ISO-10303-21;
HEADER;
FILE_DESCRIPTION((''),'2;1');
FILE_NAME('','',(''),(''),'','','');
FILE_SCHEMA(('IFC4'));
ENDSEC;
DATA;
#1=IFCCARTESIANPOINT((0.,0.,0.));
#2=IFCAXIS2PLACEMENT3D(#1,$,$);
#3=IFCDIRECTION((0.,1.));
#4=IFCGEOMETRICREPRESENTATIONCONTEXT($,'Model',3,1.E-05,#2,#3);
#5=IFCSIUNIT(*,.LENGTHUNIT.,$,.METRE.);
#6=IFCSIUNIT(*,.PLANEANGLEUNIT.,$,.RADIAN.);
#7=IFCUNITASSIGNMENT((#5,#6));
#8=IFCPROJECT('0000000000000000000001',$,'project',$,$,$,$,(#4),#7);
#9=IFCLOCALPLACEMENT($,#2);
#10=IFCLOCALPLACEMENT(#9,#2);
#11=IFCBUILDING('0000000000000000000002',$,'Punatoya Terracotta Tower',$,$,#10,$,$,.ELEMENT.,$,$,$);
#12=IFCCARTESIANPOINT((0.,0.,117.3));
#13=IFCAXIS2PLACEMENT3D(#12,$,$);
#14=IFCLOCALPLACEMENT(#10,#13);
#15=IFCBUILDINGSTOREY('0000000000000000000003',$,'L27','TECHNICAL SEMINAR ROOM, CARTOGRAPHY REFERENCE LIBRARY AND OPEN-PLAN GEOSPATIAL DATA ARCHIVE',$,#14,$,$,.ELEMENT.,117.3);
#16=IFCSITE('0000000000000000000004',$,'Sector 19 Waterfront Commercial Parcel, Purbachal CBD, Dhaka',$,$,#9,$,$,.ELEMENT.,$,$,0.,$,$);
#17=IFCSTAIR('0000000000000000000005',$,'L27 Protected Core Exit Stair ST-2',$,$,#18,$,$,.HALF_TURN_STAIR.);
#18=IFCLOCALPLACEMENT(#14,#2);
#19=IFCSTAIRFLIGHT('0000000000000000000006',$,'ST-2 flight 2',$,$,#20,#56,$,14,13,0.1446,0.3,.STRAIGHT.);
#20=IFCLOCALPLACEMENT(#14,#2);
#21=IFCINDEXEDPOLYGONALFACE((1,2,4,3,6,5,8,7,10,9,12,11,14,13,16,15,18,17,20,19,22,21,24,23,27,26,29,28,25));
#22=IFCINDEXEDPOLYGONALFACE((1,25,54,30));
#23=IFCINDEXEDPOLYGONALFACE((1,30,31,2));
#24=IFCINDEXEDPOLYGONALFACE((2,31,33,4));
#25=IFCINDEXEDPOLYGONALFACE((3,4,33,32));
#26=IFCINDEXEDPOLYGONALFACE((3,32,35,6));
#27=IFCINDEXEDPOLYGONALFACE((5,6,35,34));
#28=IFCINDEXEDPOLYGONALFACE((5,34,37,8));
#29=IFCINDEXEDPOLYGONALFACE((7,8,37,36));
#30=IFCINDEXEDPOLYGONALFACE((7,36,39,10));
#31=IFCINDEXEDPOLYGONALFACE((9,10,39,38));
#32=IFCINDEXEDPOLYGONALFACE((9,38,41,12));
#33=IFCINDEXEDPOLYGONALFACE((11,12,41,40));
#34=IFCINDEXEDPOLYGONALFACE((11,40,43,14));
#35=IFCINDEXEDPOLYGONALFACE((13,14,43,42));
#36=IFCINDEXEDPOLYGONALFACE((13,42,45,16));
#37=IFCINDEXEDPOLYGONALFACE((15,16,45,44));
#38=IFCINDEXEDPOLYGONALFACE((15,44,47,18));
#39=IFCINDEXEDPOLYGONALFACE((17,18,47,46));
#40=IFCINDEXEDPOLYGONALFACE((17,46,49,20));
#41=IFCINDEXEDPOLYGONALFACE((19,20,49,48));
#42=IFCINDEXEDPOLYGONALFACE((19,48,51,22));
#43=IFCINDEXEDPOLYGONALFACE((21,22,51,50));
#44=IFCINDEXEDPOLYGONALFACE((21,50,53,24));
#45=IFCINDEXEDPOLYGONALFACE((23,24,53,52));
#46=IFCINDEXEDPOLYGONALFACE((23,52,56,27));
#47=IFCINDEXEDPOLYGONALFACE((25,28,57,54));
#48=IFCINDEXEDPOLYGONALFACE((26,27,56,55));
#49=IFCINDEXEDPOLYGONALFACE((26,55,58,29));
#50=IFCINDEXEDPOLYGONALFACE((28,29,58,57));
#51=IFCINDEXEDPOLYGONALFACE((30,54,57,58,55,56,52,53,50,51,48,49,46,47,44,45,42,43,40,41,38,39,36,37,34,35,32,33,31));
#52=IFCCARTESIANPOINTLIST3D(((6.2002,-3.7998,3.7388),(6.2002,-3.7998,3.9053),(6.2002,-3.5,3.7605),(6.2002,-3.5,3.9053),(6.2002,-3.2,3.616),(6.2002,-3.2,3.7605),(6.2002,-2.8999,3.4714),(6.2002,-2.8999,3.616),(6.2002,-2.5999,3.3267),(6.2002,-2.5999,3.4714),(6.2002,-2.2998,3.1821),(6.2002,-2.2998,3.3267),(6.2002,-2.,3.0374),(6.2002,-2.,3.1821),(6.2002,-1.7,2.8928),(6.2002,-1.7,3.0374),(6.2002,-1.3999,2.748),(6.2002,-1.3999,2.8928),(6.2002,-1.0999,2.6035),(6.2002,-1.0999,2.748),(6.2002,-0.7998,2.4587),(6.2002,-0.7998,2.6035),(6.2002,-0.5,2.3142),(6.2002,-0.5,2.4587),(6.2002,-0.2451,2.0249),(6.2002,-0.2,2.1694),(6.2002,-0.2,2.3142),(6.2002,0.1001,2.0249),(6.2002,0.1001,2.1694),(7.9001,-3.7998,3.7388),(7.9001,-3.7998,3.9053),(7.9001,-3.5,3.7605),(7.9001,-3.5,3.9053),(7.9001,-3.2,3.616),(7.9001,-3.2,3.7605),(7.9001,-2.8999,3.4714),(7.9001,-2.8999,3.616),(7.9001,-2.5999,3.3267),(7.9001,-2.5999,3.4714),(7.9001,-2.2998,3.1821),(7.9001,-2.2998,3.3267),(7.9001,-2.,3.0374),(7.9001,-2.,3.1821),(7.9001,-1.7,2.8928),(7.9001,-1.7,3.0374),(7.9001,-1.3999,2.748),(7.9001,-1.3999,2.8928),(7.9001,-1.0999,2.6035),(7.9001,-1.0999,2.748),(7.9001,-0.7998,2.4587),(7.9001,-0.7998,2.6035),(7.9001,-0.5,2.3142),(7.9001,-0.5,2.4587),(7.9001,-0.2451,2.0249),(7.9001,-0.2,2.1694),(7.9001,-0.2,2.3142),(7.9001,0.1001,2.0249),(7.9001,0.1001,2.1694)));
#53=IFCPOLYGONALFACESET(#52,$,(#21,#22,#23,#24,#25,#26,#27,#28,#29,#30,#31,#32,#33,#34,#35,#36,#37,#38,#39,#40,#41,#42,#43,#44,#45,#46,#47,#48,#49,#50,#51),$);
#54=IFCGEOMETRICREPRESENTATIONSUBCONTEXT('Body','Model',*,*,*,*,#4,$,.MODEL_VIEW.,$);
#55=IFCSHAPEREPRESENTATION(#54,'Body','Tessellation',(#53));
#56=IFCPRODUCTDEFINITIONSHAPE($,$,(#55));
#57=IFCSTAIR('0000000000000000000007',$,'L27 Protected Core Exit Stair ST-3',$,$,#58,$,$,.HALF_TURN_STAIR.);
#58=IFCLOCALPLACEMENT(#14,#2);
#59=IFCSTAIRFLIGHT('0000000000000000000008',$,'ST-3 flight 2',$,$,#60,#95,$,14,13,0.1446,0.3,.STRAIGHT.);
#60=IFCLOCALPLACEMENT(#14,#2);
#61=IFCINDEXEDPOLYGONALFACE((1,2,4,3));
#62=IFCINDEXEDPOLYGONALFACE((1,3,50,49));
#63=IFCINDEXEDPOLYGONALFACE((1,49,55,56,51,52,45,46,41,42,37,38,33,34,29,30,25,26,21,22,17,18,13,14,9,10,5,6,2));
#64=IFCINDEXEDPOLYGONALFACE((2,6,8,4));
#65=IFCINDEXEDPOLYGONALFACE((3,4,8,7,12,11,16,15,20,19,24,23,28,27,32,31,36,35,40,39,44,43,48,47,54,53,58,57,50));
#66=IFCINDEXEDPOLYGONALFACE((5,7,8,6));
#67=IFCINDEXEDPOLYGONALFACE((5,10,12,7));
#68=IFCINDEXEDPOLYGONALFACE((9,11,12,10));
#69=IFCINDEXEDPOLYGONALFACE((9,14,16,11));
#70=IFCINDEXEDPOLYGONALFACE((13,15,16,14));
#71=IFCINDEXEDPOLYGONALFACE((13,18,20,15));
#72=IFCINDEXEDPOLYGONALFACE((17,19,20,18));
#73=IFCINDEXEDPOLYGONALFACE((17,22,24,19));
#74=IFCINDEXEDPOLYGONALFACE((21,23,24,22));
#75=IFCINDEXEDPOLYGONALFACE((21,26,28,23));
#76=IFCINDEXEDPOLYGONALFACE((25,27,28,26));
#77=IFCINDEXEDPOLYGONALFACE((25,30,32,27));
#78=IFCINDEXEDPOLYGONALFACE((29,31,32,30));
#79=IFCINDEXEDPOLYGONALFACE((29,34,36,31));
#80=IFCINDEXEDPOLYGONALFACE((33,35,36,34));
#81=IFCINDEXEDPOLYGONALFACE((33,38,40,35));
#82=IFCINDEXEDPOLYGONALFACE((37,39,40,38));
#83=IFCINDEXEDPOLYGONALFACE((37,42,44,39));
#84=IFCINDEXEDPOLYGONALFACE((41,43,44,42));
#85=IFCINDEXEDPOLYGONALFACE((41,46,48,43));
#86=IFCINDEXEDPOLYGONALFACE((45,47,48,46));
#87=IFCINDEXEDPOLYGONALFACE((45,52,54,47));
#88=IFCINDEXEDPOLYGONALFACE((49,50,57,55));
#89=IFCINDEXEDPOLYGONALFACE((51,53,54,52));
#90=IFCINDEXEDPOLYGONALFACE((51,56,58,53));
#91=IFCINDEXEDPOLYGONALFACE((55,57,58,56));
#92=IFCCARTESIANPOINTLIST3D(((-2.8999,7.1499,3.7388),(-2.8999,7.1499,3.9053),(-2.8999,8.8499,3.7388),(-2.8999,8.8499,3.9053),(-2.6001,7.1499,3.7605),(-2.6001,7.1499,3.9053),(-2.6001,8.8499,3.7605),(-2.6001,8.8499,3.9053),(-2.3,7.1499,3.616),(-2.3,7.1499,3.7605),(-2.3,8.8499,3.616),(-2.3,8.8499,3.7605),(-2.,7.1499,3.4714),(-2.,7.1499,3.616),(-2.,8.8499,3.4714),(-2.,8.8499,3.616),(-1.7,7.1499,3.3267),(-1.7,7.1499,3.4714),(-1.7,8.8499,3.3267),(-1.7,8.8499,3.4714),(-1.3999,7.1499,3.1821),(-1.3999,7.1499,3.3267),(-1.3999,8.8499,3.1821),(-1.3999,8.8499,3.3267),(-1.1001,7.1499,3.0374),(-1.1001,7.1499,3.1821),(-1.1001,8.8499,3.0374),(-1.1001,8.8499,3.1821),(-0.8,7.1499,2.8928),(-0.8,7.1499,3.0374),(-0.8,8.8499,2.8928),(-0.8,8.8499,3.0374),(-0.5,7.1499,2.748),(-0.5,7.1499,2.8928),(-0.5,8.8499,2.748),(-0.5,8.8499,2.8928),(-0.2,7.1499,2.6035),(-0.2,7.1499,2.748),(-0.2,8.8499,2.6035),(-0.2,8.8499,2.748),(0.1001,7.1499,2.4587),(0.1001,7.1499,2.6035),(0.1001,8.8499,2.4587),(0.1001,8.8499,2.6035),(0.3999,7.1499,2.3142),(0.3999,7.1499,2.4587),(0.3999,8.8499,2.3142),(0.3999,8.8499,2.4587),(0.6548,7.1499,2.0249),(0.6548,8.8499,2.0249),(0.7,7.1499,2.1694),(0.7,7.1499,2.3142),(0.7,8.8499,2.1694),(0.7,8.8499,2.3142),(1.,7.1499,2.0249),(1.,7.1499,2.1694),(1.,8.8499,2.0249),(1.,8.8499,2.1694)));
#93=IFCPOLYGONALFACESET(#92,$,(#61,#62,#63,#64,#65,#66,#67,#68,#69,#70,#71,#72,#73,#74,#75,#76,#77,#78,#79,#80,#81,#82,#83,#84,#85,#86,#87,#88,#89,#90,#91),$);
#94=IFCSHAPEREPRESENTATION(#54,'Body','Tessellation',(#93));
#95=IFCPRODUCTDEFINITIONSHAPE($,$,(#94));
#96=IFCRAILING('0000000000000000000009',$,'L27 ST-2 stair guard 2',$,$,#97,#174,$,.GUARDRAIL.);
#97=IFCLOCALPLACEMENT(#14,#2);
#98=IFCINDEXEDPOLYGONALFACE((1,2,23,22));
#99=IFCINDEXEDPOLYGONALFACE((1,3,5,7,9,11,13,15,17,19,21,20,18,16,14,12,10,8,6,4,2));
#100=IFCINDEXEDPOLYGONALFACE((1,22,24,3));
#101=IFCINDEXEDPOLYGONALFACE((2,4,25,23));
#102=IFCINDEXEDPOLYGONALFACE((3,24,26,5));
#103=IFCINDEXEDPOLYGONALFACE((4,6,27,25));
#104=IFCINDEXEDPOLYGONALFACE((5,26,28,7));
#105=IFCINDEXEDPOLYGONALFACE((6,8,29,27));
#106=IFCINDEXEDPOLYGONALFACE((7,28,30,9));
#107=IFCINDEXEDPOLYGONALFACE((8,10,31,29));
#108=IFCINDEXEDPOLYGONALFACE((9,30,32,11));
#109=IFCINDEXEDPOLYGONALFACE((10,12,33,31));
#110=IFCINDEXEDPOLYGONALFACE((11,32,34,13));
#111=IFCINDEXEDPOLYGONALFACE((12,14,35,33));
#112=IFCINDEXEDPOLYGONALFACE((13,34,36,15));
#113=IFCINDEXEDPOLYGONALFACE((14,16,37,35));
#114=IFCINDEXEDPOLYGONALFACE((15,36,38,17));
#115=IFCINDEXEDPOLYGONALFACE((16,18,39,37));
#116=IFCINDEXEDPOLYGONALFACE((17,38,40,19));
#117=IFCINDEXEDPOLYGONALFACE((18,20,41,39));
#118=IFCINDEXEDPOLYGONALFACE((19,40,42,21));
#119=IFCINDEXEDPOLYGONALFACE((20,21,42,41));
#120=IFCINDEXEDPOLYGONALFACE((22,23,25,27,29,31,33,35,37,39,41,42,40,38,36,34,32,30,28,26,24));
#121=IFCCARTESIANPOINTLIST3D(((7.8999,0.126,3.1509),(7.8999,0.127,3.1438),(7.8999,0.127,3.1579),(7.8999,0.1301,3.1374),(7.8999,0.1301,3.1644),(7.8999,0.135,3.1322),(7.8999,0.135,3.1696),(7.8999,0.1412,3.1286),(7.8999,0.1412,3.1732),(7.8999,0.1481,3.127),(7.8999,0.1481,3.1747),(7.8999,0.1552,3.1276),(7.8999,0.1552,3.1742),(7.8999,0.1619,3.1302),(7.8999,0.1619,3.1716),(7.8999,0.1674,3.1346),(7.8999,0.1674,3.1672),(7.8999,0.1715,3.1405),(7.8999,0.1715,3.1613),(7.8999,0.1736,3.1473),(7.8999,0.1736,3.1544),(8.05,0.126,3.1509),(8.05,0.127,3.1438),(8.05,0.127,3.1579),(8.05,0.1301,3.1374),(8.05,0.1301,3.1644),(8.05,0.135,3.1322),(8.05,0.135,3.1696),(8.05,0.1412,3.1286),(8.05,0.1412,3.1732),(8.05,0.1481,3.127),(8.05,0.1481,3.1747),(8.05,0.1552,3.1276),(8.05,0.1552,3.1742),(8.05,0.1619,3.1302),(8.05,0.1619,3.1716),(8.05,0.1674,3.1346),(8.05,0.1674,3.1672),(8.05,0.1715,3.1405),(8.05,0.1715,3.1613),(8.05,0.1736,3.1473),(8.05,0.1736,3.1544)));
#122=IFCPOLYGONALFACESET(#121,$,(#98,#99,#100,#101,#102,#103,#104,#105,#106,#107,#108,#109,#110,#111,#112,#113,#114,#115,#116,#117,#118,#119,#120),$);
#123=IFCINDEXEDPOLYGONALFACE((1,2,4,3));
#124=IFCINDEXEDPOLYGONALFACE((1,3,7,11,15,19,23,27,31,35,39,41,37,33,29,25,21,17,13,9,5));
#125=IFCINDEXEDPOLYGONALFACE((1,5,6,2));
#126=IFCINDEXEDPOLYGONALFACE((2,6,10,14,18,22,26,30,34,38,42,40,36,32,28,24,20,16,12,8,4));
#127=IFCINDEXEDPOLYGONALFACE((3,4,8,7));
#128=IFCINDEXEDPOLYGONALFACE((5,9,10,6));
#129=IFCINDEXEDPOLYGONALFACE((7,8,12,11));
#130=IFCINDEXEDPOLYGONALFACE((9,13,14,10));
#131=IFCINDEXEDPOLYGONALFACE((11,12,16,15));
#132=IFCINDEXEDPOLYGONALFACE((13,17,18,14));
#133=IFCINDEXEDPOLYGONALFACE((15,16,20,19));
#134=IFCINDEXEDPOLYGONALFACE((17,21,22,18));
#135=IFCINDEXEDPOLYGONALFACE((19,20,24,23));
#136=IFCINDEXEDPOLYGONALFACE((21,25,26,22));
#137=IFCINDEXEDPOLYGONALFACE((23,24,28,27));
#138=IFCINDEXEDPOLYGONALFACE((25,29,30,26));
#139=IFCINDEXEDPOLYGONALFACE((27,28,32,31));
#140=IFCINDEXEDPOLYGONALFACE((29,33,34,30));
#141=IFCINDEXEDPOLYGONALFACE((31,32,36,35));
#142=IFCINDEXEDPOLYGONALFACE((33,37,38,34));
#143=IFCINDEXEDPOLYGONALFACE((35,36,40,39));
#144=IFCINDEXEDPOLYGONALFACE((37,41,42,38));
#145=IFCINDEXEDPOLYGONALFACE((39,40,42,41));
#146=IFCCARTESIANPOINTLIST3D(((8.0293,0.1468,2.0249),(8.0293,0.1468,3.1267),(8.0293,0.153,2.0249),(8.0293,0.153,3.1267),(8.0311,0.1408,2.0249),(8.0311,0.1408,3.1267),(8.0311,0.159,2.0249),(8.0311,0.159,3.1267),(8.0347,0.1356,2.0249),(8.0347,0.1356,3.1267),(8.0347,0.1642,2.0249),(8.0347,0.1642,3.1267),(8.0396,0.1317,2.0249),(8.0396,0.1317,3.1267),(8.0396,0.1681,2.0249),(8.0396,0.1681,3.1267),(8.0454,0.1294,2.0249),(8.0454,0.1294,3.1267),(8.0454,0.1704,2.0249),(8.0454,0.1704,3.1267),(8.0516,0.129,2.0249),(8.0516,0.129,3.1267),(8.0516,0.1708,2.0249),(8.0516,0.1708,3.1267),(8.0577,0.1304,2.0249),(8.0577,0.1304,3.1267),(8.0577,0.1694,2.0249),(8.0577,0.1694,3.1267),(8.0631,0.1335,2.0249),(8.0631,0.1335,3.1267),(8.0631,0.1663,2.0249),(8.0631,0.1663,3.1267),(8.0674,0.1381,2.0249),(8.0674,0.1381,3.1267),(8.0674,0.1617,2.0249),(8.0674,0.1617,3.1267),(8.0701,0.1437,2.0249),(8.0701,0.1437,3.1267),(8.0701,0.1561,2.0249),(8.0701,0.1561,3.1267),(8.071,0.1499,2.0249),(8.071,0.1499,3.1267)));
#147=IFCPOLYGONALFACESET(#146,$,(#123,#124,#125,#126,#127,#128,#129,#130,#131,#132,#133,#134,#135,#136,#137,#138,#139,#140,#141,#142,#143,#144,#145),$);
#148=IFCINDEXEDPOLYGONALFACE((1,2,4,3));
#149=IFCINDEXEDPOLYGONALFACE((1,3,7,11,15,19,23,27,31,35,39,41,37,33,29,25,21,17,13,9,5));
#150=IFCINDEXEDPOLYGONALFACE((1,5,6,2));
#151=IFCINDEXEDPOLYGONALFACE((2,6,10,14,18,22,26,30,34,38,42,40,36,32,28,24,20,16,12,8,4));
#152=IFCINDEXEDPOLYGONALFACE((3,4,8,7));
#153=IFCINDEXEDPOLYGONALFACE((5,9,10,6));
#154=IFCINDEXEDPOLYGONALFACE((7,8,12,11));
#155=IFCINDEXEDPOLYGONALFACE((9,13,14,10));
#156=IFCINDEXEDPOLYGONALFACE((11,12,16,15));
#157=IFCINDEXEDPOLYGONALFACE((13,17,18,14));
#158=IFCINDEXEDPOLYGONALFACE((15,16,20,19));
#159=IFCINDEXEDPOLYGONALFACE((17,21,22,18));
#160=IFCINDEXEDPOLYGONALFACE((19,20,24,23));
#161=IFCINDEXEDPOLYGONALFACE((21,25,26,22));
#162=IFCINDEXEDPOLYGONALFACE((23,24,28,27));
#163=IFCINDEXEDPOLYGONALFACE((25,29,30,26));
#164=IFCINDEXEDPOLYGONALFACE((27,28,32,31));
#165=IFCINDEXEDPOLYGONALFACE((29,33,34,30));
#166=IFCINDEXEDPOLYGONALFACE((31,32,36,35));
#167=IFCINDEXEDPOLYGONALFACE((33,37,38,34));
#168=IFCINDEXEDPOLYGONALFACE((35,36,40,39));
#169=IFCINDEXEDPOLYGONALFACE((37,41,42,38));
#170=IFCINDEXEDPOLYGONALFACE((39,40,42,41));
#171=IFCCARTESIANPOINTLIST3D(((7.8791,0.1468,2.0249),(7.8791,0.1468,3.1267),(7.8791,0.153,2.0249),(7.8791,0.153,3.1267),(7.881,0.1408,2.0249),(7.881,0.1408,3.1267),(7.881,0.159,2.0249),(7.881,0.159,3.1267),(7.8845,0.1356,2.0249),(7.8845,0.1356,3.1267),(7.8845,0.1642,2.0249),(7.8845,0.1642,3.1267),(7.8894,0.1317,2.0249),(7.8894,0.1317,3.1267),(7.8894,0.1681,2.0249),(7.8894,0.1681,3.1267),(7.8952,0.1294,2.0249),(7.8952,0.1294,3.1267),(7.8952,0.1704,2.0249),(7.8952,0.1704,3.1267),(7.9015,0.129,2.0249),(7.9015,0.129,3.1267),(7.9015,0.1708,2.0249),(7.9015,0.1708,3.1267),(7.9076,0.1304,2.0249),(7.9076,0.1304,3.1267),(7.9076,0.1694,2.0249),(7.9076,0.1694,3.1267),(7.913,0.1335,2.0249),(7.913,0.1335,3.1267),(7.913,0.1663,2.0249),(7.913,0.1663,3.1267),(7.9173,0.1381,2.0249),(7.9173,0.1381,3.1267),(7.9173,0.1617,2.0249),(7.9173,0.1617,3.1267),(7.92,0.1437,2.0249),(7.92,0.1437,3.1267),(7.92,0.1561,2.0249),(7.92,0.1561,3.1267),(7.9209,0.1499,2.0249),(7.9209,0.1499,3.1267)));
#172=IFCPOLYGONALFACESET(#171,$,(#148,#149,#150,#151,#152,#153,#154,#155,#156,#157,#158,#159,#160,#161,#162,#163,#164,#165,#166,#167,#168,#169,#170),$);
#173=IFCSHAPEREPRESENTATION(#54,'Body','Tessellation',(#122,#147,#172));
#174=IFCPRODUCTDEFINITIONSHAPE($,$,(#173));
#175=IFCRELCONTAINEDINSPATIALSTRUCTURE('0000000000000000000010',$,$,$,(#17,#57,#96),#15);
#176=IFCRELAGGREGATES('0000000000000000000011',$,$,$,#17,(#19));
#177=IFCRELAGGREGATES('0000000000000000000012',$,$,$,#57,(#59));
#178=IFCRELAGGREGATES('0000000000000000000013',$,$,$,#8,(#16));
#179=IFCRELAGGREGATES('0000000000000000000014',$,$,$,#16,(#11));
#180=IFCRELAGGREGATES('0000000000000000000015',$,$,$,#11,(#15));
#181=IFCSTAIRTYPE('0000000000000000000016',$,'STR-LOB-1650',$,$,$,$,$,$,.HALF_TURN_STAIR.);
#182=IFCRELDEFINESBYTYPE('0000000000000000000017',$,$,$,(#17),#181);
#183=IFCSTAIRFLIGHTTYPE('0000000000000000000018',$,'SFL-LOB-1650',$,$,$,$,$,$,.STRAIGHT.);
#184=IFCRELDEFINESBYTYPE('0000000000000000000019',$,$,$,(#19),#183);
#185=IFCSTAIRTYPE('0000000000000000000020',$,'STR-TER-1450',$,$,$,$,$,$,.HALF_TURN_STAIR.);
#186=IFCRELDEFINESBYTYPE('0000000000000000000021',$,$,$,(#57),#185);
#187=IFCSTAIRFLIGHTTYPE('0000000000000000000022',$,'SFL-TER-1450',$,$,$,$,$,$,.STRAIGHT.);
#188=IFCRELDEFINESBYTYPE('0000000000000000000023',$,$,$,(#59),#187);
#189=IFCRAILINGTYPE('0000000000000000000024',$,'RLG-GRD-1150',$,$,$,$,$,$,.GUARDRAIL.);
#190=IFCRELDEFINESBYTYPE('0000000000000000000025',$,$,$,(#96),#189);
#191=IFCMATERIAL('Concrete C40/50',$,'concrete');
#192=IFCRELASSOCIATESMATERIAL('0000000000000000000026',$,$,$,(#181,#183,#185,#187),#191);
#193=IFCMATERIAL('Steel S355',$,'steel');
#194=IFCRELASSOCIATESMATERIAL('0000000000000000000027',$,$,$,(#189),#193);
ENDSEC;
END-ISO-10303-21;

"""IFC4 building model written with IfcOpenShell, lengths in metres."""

from ifc_helpers import new_model, si_unit, direction, frame, origin, origin_2d, place, context, subcontext, project, spatial, polyline, circle, outline, extrude, material, type_object, element, aggregate, save


model = new_model("IFC4")

# Units and contexts
model_context = context("Model", 3, precision=1e-05, world=origin(), true_north=direction((0.0, 1.0)))
body_context = subcontext(model_context, "Body", "Model", "MODEL_VIEW")
ifc_project = project(units=[si_unit("LENGTHUNIT", "METRE"), si_unit("PLANEANGLEUNIT", "RADIAN")], contexts=[model_context])

# Site, building, storey
site_placement = place(None, origin())
site = spatial("IfcSite", under=ifc_project, at=site_placement, Name="Sector 19 Waterfront Commercial Parcel, Purbachal CBD, Dhaka", CompositionType="ELEMENT", RefElevation=0.0)
building_placement = place(site_placement, origin())
building = spatial("IfcBuilding", under=site, at=building_placement, Name="Punatoya Terracotta Tower", CompositionType="ELEMENT")
storey_placement = place(building_placement, frame((0.0, 0.0, 117.3)))
storey = spatial("IfcBuildingStorey", under=building, at=storey_placement, Name="L27", Description="TECHNICAL SEMINAR ROOM, CARTOGRAPHY REFERENCE LIBRARY AND OPEN-PLAN GEOSPATIAL DATA ARCHIVE", CompositionType="ELEMENT", Elevation=117.3)

# Shared definitions
ifc_material_1 = material(Name="Steel S355", Category="steel")

# Shared definitions
ifc_material_2 = material(Name="Concrete C40/50", Category="concrete")

# Stairs, stair flights
stair_type_1 = type_object("IfcStairType", Name="STR-LOB-1650", PredefinedType="HALF_TURN_STAIR", material=ifc_material_2)
stair_1_placement = place(storey_placement, origin())
stair_1 = element("IfcStair", 1, at=stair_1_placement, inside=storey, type_object=stair_type_1, Name="L27 Protected Core Exit Stair ST-2", PredefinedType="HALF_TURN_STAIR")
stair_flight_type_1 = type_object("IfcStairFlightType", Name="SFL-LOB-1650", PredefinedType="STRAIGHT", material=ifc_material_2)
stair_flight_1_placement = place(storey_placement, frame((7.05, 0.1001, 2.0249), z_axis=(0.0, 0.0, 1.0), x_axis=(0.0, -1.0, 0.0)))
stair_flight_1 = element("IfcStairFlight", 2, at=stair_flight_1_placement, type_object=stair_flight_type_1, Name="ST-2 flight 2", NumberOfRisers=14, NumberOfTreads=13, PredefinedType="STRAIGHT", RiserHeight=0.1446, TreadLength=0.3, context=body_context, shape_type="SweptSolid", body=[
    extrude(outline(polyline([(0.0, 0.0), (0.0, 0.1445), (0.3, 0.1445), (0.3, 0.2893), (0.6001, 0.2893), (0.6001, 0.4338), (0.8999, 0.4338), (0.8999, 0.5786), (1.2, 0.5786), (1.2, 0.7231), (1.5, 0.7231), (1.5, 0.8679), (1.8, 0.8679), (1.8, 1.0125), (2.1001, 1.0125), (2.1001, 1.1572), (2.3999, 1.1572), (2.3999, 1.3018), (2.7, 1.3018), (2.7, 1.4465), (3.0, 1.4465), (3.0, 1.5911), (3.3, 1.5911), (3.3, 1.7356), (3.6001, 1.7356), (3.6001, 1.8804), (3.8999, 1.8804), (3.8999, 2.0249), (3.8999, 1.7139), (0.3452, 0.0), (0.0, 0.0)])), frame((0.0, 0.8501, 0.0), z_axis=(0.0, -1.0, 0.0), x_axis=(1.0, 0.0, 0.0)), (0.0, 0.0, 1.0), 1.7),
])
aggregate(stair_1, [stair_flight_1])
stair_type_2 = type_object("IfcStairType", Name="STR-TER-1450", PredefinedType="HALF_TURN_STAIR", material=ifc_material_2)
stair_2_placement = place(storey_placement, origin())
stair_2 = element("IfcStair", 3, at=stair_2_placement, inside=storey, type_object=stair_type_2, Name="L27 Protected Core Exit Stair ST-3", PredefinedType="HALF_TURN_STAIR")
stair_flight_type_2 = type_object("IfcStairFlightType", Name="SFL-TER-1450", PredefinedType="STRAIGHT", material=ifc_material_2)
stair_flight_2_placement = place(storey_placement, frame((1.0, 8.0, 2.0249), z_axis=(0.0, 0.0, 1.0), x_axis=(-1.0, 0.0, 0.0)))
stair_flight_2 = element("IfcStairFlight", 4, at=stair_flight_2_placement, type_object=stair_flight_type_2, Name="ST-3 flight 2", NumberOfRisers=14, NumberOfTreads=13, PredefinedType="STRAIGHT", RiserHeight=0.1446, TreadLength=0.3, context=body_context, shape_type="SweptSolid", body=[
    extrude(outline(polyline([(0.0, 0.0), (0.0, 0.1445), (0.3, 0.1445), (0.3, 0.2893), (0.6001, 0.2893), (0.6001, 0.4338), (0.8999, 0.4338), (0.8999, 0.5786), (1.2, 0.5786), (1.2, 0.7231), (1.5, 0.7231), (1.5, 0.8679), (1.8, 0.8679), (1.8, 1.0125), (2.1001, 1.0125), (2.1001, 1.1572), (2.3999, 1.1572), (2.3999, 1.3018), (2.7, 1.3018), (2.7, 1.4465), (3.0, 1.4465), (3.0, 1.5911), (3.3, 1.5911), (3.3, 1.7356), (3.6001, 1.7356), (3.6001, 1.8804), (3.8999, 1.8804), (3.8999, 2.0249), (3.8999, 1.7139), (0.3452, 0.0), (0.0, 0.0)])), frame((0.0, 0.8501, 0.0), z_axis=(0.0, -1.0, 0.0), x_axis=(1.0, 0.0, 0.0)), (0.0, 0.0, 1.0), 1.7),
])
aggregate(stair_2, [stair_flight_2])

# Railing
railing_type_1 = type_object("IfcRailingType", Name="RLG-GRD-1150", PredefinedType="GUARDRAIL", material=ifc_material_1)
railing_1_placement = place(storey_placement, frame((8.05, 0.1499, 2.0249)))
element("IfcRailing", 5, at=railing_1_placement, inside=storey, type_object=railing_type_1, Name="L27 ST-2 stair guard 2", PredefinedType="GUARDRAIL", context=body_context, shape_type="SweptSolid", body=[
    extrude(circle(Radius=0.0239, at=origin_2d()), frame((0.0, 0.0, 1.126), z_axis=(-1.0, 0.0, 0.0), x_axis=(0.0, -1.0, 0.0)), (0.0, 0.0, 1.0), 0.1501),
    extrude(circle(Radius=0.021, at=origin_2d()), origin(), (0.0, 0.0, 1.0), 1.1018),
    extrude(circle(Radius=0.021, at=origin_2d()), frame((-0.1501, 0.0, 0.0)), (0.0, 0.0, 1.0), 1.1018),
])

save(model, "model.ifc")
